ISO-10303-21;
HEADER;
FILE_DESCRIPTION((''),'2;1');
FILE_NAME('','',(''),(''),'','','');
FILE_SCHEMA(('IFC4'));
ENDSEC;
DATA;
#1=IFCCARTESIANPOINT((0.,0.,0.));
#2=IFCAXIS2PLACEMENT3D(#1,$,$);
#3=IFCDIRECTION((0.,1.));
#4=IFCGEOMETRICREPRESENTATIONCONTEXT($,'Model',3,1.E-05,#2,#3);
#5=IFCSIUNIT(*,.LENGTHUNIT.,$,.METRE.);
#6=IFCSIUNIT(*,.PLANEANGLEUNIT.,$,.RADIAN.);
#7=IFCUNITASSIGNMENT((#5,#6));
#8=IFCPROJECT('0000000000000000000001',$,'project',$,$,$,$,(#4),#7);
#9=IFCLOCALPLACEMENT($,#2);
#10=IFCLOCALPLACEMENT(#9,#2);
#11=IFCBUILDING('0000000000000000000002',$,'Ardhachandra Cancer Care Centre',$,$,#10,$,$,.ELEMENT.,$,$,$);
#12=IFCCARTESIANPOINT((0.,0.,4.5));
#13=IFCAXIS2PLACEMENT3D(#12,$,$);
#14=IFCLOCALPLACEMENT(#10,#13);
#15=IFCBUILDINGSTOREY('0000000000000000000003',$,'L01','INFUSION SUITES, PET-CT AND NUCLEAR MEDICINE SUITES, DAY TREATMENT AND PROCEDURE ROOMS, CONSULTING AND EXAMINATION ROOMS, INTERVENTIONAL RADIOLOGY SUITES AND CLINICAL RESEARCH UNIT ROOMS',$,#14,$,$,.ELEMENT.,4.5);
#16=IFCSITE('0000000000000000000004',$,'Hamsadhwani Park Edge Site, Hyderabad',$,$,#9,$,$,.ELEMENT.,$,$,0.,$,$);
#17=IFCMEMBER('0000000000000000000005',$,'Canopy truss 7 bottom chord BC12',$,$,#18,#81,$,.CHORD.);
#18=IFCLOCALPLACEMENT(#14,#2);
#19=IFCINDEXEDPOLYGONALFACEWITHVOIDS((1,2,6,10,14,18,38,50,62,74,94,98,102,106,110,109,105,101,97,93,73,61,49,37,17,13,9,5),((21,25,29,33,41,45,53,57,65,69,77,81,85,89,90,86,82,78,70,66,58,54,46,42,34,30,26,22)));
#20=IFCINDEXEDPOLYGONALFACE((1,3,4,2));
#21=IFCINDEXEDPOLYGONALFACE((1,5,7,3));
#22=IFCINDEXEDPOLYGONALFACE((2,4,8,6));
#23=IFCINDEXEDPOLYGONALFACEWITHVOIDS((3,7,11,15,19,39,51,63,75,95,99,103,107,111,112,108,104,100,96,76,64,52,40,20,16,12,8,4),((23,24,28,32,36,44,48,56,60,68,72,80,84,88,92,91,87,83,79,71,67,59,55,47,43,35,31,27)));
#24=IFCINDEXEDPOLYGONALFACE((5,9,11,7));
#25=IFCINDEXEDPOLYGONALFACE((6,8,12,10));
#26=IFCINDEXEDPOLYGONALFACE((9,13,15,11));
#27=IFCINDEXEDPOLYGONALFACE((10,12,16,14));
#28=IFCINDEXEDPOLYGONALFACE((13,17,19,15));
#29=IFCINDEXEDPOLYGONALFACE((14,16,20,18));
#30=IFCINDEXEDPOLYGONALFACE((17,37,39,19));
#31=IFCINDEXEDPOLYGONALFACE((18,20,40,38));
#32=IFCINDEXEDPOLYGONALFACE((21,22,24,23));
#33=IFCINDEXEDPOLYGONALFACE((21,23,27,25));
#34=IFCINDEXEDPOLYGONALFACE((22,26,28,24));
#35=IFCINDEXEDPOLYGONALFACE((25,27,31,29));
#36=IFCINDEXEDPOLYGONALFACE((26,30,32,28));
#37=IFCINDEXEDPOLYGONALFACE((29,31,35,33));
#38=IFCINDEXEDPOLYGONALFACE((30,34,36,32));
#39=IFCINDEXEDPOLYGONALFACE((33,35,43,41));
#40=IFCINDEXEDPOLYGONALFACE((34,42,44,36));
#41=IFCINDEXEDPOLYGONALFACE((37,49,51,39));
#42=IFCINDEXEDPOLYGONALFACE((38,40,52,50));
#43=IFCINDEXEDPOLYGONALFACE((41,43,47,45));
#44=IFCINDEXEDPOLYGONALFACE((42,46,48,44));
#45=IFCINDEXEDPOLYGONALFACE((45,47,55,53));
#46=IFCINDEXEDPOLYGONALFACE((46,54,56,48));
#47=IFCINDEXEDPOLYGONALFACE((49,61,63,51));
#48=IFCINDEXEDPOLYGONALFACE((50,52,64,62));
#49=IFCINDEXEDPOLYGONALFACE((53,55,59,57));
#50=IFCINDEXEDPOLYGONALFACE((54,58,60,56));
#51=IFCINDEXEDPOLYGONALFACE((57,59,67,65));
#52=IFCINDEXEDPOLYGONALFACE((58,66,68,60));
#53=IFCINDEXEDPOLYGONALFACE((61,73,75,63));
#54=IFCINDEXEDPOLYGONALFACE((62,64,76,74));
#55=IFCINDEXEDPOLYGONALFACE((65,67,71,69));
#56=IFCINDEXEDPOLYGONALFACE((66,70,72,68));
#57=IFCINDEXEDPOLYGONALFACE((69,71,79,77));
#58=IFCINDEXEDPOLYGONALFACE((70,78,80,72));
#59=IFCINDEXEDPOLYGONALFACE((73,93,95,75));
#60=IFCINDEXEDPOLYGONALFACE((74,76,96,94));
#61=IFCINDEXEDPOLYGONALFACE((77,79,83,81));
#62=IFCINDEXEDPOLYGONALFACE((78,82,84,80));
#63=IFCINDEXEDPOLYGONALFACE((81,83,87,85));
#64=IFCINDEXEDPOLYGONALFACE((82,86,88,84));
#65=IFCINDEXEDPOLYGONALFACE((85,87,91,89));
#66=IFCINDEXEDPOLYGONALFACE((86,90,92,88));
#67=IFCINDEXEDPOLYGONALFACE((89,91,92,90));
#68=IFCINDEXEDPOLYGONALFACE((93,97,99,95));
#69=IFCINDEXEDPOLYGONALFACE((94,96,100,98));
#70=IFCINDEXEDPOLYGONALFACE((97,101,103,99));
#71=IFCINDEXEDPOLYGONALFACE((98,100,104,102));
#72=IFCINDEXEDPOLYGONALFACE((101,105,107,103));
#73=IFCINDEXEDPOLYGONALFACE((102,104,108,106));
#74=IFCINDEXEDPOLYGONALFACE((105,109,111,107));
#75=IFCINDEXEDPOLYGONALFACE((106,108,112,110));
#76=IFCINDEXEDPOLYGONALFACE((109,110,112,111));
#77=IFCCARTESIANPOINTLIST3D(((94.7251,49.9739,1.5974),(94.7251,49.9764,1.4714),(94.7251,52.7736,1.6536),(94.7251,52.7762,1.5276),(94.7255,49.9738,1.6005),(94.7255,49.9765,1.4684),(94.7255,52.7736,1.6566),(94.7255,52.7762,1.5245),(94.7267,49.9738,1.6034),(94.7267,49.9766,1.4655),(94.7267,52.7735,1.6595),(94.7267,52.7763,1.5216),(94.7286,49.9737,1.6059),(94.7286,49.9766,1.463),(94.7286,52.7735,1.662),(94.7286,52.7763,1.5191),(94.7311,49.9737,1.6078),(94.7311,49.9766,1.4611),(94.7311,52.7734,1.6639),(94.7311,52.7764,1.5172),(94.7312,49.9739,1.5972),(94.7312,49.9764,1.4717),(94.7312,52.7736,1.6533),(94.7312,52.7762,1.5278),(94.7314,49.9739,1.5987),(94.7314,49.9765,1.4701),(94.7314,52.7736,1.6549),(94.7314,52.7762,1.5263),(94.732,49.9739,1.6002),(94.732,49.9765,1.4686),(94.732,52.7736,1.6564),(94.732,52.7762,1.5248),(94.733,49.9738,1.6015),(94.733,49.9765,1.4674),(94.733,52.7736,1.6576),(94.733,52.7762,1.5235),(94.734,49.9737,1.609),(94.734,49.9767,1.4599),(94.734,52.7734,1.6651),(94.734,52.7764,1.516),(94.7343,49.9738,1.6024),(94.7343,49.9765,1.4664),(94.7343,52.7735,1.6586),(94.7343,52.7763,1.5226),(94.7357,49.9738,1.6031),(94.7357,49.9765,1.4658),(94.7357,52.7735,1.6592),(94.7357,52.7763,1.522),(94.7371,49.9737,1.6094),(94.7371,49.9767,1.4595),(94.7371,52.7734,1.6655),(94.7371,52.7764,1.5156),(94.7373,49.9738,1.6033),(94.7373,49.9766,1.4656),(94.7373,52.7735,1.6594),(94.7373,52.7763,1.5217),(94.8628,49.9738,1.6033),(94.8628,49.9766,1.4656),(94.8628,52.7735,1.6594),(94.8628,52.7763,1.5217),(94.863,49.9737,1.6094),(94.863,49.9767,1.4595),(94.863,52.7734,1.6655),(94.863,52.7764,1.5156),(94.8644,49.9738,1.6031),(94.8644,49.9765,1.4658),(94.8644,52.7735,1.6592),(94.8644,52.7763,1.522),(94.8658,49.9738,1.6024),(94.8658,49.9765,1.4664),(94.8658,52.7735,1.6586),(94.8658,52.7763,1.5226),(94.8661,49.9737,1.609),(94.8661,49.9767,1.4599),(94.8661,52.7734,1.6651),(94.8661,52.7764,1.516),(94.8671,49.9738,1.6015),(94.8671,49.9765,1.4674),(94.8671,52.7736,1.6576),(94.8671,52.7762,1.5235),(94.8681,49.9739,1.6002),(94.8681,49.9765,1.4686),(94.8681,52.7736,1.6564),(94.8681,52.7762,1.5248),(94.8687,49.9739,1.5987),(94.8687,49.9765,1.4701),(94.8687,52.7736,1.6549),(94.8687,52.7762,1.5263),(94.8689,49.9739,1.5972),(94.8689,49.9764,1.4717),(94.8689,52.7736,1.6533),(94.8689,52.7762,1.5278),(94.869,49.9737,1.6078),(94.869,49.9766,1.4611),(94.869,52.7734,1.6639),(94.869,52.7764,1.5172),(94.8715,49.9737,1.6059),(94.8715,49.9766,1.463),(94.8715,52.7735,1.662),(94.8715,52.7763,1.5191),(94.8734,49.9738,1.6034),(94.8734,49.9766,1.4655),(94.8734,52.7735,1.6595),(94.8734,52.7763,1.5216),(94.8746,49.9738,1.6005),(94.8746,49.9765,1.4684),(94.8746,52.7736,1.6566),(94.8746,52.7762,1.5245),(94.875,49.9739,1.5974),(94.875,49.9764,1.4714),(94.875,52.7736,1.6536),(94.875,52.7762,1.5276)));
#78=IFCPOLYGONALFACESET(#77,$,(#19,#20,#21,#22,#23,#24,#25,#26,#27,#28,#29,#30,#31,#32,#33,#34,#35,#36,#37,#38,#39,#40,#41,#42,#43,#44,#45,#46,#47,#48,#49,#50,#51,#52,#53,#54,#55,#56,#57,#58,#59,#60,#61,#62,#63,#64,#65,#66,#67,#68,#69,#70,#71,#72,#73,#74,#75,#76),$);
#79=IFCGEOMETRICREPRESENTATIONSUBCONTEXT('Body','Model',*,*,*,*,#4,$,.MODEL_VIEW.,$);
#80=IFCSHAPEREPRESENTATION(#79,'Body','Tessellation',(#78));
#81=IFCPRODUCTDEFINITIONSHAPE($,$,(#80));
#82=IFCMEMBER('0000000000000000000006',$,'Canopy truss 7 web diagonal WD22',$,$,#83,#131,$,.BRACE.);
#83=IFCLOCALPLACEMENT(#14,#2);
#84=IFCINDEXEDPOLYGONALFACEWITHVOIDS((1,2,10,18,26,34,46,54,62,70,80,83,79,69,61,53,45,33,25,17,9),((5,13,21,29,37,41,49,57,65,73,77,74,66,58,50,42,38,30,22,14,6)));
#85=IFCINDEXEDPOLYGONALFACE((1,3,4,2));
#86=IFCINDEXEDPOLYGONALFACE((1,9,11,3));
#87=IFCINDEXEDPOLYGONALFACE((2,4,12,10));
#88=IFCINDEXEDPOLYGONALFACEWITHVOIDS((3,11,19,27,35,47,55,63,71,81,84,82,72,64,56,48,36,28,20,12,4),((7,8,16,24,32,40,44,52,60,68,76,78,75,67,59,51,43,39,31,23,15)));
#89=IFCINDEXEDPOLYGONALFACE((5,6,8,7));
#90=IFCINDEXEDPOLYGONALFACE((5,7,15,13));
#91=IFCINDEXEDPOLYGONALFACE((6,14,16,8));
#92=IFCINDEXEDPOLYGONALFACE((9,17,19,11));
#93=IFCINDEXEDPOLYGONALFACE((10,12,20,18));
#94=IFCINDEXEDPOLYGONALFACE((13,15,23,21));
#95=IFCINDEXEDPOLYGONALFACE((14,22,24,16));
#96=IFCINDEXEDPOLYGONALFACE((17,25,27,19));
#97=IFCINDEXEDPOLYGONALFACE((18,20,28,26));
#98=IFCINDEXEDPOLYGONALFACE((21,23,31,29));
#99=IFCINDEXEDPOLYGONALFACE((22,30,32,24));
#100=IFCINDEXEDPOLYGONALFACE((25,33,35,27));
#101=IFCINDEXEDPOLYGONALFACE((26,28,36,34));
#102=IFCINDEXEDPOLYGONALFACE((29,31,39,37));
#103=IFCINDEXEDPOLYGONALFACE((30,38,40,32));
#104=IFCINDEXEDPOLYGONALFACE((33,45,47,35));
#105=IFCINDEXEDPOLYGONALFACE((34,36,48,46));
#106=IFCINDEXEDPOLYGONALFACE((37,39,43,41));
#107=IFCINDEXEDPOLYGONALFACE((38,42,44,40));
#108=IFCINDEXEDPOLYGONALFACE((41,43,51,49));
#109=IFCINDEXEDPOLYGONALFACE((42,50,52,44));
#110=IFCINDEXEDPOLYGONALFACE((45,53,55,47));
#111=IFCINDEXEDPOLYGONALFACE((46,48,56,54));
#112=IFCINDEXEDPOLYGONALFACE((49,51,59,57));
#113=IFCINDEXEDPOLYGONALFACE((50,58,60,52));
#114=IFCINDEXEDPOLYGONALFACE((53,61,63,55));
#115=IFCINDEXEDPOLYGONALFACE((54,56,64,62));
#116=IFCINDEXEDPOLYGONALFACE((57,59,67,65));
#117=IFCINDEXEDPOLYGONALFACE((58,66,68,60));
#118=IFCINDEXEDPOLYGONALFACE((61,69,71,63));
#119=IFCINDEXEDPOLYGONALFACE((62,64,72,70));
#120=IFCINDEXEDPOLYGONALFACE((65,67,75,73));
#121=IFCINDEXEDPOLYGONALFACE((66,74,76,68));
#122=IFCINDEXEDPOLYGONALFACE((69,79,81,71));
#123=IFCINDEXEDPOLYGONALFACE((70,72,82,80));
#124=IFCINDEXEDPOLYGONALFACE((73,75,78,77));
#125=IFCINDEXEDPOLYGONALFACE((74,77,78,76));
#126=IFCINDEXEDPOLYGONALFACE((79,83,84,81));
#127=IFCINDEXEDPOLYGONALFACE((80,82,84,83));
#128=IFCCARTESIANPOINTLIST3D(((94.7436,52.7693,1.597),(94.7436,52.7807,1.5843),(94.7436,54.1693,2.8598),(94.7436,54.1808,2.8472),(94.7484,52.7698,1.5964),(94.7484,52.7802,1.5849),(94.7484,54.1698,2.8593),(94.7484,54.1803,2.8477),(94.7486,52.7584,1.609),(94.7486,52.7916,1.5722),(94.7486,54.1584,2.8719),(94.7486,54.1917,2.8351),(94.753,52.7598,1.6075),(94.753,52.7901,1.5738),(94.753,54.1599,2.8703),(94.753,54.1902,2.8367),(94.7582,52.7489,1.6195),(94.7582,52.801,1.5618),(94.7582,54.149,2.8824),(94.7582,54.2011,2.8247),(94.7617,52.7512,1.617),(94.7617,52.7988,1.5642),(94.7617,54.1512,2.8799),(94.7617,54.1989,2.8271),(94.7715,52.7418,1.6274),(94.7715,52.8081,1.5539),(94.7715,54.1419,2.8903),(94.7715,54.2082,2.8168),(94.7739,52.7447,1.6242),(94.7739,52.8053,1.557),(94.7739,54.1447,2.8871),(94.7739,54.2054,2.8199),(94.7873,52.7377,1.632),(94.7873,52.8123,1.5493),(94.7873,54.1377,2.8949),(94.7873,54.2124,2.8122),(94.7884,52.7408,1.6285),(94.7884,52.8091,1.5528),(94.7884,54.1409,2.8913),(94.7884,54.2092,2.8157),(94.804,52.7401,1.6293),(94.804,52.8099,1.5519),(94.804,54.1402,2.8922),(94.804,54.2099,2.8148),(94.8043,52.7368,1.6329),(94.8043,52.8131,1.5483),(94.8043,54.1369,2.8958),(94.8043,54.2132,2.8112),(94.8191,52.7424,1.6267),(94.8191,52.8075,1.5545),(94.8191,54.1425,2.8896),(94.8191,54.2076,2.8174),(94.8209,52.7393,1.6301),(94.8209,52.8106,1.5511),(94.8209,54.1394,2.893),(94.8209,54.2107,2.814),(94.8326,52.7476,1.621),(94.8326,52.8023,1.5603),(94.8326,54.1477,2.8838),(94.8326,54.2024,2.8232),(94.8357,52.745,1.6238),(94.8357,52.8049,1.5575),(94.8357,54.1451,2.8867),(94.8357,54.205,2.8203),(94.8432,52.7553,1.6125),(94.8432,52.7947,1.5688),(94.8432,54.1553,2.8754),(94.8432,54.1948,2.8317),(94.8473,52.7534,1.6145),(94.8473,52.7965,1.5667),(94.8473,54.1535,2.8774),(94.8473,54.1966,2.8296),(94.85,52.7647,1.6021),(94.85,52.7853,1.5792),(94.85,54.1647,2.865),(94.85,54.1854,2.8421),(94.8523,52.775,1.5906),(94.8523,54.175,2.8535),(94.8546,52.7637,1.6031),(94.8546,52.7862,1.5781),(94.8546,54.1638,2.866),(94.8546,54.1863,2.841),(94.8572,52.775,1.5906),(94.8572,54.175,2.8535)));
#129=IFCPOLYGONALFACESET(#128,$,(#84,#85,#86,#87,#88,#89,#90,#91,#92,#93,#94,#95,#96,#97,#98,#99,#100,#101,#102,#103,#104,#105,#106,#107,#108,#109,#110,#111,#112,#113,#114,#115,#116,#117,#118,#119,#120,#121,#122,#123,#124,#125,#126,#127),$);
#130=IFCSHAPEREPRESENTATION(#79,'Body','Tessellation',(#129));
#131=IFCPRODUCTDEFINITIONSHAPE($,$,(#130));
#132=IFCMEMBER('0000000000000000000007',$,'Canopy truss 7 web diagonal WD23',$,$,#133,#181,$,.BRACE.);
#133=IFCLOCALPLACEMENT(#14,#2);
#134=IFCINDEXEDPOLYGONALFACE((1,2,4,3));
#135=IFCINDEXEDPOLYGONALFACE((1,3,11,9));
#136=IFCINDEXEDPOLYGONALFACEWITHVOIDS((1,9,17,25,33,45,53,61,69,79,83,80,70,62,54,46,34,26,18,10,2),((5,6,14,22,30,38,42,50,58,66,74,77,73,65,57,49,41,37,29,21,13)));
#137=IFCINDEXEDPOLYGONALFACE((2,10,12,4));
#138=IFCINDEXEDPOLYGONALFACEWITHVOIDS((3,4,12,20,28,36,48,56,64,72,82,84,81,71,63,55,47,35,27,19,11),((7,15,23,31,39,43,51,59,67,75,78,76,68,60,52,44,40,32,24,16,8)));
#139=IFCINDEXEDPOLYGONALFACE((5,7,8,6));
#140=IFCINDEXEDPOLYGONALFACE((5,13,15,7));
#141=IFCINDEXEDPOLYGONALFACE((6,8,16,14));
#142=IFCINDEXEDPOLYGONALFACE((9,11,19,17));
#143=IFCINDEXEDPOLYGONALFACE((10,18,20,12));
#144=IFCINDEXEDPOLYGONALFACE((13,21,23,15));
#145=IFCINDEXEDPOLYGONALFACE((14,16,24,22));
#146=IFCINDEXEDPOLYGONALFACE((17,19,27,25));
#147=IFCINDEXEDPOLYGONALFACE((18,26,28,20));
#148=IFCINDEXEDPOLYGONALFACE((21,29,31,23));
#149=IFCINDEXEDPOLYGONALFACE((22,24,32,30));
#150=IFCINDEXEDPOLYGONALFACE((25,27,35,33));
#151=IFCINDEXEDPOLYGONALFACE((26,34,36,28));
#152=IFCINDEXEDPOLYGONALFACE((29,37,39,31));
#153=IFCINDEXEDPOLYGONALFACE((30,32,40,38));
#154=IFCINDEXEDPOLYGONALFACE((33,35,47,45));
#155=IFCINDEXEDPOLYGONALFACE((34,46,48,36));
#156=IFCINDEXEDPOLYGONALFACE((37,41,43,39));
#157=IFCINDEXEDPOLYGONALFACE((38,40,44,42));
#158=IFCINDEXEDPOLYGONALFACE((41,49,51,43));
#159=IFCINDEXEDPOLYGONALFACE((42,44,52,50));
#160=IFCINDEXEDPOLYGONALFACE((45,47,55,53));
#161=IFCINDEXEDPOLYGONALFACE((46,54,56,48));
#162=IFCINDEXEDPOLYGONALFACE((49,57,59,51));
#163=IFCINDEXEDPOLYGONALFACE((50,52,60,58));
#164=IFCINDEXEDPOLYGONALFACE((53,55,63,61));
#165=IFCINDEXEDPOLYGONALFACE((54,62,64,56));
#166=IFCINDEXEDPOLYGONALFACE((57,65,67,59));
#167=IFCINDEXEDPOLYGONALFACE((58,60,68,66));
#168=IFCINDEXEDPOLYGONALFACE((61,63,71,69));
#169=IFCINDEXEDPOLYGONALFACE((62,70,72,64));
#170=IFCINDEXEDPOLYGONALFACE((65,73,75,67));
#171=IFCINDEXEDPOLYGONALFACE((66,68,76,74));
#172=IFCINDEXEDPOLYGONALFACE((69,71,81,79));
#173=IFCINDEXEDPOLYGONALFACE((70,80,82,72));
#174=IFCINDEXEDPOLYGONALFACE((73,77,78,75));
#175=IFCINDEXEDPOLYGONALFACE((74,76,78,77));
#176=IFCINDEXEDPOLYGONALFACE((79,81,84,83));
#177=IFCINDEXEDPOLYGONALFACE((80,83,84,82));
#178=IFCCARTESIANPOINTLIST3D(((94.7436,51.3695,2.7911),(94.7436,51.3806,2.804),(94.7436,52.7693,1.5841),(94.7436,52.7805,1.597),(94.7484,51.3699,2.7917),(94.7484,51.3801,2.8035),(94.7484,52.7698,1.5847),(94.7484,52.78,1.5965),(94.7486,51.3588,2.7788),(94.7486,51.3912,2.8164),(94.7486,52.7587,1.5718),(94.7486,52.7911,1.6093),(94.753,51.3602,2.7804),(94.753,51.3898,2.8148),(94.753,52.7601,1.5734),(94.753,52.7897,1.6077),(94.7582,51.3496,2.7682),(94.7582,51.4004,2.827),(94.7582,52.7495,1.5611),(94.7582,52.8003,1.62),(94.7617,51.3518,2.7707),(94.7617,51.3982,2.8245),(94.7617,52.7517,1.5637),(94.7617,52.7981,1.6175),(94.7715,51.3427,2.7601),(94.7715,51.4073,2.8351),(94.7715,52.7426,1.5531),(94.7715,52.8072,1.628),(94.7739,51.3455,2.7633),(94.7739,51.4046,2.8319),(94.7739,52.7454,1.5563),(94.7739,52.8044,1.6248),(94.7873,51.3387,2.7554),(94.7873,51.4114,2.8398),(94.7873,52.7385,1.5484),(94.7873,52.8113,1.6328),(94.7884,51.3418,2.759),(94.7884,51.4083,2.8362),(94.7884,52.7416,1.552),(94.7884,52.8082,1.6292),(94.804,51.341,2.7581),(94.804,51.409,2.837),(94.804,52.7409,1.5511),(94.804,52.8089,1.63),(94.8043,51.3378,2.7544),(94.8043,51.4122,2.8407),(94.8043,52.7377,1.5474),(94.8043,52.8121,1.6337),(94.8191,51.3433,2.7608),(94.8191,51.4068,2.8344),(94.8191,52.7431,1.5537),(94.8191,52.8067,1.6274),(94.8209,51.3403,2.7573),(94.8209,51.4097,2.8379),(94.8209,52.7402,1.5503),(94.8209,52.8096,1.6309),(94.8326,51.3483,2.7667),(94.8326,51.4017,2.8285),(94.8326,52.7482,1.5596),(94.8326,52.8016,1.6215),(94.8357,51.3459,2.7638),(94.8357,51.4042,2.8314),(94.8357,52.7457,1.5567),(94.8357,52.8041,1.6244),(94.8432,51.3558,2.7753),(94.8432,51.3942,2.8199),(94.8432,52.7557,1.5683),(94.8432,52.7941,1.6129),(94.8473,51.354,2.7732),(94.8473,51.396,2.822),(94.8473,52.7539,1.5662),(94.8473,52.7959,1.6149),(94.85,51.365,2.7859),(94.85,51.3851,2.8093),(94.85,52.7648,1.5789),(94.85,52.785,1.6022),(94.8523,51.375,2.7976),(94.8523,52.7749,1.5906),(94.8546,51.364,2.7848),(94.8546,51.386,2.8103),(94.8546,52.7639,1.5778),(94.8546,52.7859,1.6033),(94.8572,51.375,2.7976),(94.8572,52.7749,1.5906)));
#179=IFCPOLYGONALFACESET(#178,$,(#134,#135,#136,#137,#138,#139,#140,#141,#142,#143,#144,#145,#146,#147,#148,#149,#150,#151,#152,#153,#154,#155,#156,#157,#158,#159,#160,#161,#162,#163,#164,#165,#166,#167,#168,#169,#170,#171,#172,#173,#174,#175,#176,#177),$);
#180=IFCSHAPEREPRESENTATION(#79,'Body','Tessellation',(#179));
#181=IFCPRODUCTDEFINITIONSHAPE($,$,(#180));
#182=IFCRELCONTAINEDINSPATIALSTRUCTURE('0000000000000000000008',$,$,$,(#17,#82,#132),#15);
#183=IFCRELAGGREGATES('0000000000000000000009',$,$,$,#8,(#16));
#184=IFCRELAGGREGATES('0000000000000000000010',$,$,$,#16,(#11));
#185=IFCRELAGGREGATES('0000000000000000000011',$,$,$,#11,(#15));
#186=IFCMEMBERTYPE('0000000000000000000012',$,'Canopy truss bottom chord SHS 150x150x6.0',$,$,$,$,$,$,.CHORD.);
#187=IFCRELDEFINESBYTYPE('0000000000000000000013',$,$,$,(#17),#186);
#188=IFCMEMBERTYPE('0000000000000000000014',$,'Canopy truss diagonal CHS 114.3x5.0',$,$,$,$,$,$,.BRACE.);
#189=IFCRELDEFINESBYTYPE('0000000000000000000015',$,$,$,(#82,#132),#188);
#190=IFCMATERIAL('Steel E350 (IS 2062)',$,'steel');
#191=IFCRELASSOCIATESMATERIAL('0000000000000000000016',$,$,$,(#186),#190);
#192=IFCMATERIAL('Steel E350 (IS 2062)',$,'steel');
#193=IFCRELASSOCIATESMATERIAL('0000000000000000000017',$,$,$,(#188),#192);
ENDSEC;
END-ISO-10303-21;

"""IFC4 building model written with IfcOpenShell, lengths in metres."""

from ifc_helpers import new_model, si_unit, direction, frame, origin, origin_2d, place, context, subcontext, project, spatial, hollow_rectangle, hollow_circle, extrude, material, material_profile, profile_set, type_object, element, save


model = new_model("IFC4")

# Units and contexts
model_context = context("Model", 3, precision=1e-05, world=origin(), true_north=direction((0.0, 1.0)))
body_context = subcontext(model_context, "Body", "Model", "MODEL_VIEW")
ifc_project = project(units=[si_unit("LENGTHUNIT", "METRE"), si_unit("PLANEANGLEUNIT", "RADIAN")], contexts=[model_context])

# Site, building, storey
site_placement = place(None, origin())
site = spatial("IfcSite", under=ifc_project, at=site_placement, Name="Hamsadhwani Park Edge Site, Hyderabad", CompositionType="ELEMENT", RefElevation=0.0)
building_placement = place(site_placement, origin())
building = spatial("IfcBuilding", under=site, at=building_placement, Name="Ardhachandra Cancer Care Centre", CompositionType="ELEMENT")
storey_placement = place(building_placement, frame((0.0, 0.0, 4.5)))
storey = spatial("IfcBuildingStorey", under=building, at=storey_placement, Name="L01", Description="INFUSION SUITES, PET-CT AND NUCLEAR MEDICINE SUITES, DAY TREATMENT AND PROCEDURE ROOMS, CONSULTING AND EXAMINATION ROOMS, INTERVENTIONAL RADIOLOGY SUITES AND CLINICAL RESEARCH UNIT ROOMS", CompositionType="ELEMENT", Elevation=4.5)

# Members
ifc_material_1 = material(Name="Steel E350 (IS 2062)", Category="steel")
ifc_material_profile_1 = material_profile(ifc_material_1, hollow_rectangle(XDim=0.1499, YDim=0.1499, WallThickness=0.0061, InnerFilletRadius=0.0061, OuterFilletRadius=0.012, at=origin_2d()), Name="SHS 150x150x6.0")
ifc_profile_set_1 = profile_set([ifc_material_profile_1], Name="Steel E350 (IS 2062)")
member_type_1 = type_object("IfcMemberType", Name="Canopy truss bottom chord SHS 150x150x6.0", PredefinedType="CHORD", material=ifc_profile_set_1)
member_1_placement = place(storey_placement, frame((94.8, 52.7749, 1.5906), z_axis=(0.0, -0.999799, -0.020052), x_axis=(1.0, 0.0, 0.0)))
element("IfcMember", 1, at=member_1_placement, inside=storey, type_object=member_type_1, Name="Canopy truss 7 bottom chord BC12", PredefinedType="CHORD", context=body_context, shape_type="SweptSolid", body=[
    extrude(hollow_rectangle(XDim=0.1499, YDim=0.1499, WallThickness=0.0061, InnerFilletRadius=0.0061, OuterFilletRadius=0.012, at=origin_2d()), origin(), (0.0, 0.0, 1.0), 2.8003),
])
ifc_material_2 = material(Name="Steel E350 (IS 2062)", Category="steel")
ifc_material_profile_2 = material_profile(ifc_material_2, hollow_circle(Radius=0.0571, WallThickness=0.0049, at=origin_2d()), Name="CHS 114.3x5.0")
ifc_profile_set_2 = profile_set([ifc_material_profile_2], Name="Steel E350 (IS 2062)")
member_type_2 = type_object("IfcMemberType", Name="Canopy truss diagonal CHS 114.3x5.0", PredefinedType="BRACE", material=ifc_profile_set_2)
member_2_placement = place(storey_placement, frame((94.8, 54.175, 2.8535), z_axis=(0.0, -0.742553, -0.669787), x_axis=(1.0, 0.0, 0.0)))
element("IfcMember", 2, at=member_2_placement, inside=storey, type_object=member_type_2, Name="Canopy truss 7 web diagonal WD22", PredefinedType="BRACE", context=body_context, shape_type="SweptSolid", body=[
    extrude(hollow_circle(Radius=0.0571, WallThickness=0.0049, at=origin_2d()), origin(), (0.0, 0.0, 1.0), 1.8855),
])
member_3_placement = place(storey_placement, frame((94.8, 52.7749, 1.5906), z_axis=(0.0, -0.757351, 0.653008), x_axis=(1.0, 0.0, 0.0)))
element("IfcMember", 3, at=member_3_placement, inside=storey, type_object=member_type_2, Name="Canopy truss 7 web diagonal WD23", PredefinedType="BRACE", context=body_context, shape_type="SweptSolid", body=[
    extrude(hollow_circle(Radius=0.0571, WallThickness=0.0049, at=origin_2d()), origin(), (0.0, 0.0, 1.0), 1.8484),
])

save(model, "model.ifc")
